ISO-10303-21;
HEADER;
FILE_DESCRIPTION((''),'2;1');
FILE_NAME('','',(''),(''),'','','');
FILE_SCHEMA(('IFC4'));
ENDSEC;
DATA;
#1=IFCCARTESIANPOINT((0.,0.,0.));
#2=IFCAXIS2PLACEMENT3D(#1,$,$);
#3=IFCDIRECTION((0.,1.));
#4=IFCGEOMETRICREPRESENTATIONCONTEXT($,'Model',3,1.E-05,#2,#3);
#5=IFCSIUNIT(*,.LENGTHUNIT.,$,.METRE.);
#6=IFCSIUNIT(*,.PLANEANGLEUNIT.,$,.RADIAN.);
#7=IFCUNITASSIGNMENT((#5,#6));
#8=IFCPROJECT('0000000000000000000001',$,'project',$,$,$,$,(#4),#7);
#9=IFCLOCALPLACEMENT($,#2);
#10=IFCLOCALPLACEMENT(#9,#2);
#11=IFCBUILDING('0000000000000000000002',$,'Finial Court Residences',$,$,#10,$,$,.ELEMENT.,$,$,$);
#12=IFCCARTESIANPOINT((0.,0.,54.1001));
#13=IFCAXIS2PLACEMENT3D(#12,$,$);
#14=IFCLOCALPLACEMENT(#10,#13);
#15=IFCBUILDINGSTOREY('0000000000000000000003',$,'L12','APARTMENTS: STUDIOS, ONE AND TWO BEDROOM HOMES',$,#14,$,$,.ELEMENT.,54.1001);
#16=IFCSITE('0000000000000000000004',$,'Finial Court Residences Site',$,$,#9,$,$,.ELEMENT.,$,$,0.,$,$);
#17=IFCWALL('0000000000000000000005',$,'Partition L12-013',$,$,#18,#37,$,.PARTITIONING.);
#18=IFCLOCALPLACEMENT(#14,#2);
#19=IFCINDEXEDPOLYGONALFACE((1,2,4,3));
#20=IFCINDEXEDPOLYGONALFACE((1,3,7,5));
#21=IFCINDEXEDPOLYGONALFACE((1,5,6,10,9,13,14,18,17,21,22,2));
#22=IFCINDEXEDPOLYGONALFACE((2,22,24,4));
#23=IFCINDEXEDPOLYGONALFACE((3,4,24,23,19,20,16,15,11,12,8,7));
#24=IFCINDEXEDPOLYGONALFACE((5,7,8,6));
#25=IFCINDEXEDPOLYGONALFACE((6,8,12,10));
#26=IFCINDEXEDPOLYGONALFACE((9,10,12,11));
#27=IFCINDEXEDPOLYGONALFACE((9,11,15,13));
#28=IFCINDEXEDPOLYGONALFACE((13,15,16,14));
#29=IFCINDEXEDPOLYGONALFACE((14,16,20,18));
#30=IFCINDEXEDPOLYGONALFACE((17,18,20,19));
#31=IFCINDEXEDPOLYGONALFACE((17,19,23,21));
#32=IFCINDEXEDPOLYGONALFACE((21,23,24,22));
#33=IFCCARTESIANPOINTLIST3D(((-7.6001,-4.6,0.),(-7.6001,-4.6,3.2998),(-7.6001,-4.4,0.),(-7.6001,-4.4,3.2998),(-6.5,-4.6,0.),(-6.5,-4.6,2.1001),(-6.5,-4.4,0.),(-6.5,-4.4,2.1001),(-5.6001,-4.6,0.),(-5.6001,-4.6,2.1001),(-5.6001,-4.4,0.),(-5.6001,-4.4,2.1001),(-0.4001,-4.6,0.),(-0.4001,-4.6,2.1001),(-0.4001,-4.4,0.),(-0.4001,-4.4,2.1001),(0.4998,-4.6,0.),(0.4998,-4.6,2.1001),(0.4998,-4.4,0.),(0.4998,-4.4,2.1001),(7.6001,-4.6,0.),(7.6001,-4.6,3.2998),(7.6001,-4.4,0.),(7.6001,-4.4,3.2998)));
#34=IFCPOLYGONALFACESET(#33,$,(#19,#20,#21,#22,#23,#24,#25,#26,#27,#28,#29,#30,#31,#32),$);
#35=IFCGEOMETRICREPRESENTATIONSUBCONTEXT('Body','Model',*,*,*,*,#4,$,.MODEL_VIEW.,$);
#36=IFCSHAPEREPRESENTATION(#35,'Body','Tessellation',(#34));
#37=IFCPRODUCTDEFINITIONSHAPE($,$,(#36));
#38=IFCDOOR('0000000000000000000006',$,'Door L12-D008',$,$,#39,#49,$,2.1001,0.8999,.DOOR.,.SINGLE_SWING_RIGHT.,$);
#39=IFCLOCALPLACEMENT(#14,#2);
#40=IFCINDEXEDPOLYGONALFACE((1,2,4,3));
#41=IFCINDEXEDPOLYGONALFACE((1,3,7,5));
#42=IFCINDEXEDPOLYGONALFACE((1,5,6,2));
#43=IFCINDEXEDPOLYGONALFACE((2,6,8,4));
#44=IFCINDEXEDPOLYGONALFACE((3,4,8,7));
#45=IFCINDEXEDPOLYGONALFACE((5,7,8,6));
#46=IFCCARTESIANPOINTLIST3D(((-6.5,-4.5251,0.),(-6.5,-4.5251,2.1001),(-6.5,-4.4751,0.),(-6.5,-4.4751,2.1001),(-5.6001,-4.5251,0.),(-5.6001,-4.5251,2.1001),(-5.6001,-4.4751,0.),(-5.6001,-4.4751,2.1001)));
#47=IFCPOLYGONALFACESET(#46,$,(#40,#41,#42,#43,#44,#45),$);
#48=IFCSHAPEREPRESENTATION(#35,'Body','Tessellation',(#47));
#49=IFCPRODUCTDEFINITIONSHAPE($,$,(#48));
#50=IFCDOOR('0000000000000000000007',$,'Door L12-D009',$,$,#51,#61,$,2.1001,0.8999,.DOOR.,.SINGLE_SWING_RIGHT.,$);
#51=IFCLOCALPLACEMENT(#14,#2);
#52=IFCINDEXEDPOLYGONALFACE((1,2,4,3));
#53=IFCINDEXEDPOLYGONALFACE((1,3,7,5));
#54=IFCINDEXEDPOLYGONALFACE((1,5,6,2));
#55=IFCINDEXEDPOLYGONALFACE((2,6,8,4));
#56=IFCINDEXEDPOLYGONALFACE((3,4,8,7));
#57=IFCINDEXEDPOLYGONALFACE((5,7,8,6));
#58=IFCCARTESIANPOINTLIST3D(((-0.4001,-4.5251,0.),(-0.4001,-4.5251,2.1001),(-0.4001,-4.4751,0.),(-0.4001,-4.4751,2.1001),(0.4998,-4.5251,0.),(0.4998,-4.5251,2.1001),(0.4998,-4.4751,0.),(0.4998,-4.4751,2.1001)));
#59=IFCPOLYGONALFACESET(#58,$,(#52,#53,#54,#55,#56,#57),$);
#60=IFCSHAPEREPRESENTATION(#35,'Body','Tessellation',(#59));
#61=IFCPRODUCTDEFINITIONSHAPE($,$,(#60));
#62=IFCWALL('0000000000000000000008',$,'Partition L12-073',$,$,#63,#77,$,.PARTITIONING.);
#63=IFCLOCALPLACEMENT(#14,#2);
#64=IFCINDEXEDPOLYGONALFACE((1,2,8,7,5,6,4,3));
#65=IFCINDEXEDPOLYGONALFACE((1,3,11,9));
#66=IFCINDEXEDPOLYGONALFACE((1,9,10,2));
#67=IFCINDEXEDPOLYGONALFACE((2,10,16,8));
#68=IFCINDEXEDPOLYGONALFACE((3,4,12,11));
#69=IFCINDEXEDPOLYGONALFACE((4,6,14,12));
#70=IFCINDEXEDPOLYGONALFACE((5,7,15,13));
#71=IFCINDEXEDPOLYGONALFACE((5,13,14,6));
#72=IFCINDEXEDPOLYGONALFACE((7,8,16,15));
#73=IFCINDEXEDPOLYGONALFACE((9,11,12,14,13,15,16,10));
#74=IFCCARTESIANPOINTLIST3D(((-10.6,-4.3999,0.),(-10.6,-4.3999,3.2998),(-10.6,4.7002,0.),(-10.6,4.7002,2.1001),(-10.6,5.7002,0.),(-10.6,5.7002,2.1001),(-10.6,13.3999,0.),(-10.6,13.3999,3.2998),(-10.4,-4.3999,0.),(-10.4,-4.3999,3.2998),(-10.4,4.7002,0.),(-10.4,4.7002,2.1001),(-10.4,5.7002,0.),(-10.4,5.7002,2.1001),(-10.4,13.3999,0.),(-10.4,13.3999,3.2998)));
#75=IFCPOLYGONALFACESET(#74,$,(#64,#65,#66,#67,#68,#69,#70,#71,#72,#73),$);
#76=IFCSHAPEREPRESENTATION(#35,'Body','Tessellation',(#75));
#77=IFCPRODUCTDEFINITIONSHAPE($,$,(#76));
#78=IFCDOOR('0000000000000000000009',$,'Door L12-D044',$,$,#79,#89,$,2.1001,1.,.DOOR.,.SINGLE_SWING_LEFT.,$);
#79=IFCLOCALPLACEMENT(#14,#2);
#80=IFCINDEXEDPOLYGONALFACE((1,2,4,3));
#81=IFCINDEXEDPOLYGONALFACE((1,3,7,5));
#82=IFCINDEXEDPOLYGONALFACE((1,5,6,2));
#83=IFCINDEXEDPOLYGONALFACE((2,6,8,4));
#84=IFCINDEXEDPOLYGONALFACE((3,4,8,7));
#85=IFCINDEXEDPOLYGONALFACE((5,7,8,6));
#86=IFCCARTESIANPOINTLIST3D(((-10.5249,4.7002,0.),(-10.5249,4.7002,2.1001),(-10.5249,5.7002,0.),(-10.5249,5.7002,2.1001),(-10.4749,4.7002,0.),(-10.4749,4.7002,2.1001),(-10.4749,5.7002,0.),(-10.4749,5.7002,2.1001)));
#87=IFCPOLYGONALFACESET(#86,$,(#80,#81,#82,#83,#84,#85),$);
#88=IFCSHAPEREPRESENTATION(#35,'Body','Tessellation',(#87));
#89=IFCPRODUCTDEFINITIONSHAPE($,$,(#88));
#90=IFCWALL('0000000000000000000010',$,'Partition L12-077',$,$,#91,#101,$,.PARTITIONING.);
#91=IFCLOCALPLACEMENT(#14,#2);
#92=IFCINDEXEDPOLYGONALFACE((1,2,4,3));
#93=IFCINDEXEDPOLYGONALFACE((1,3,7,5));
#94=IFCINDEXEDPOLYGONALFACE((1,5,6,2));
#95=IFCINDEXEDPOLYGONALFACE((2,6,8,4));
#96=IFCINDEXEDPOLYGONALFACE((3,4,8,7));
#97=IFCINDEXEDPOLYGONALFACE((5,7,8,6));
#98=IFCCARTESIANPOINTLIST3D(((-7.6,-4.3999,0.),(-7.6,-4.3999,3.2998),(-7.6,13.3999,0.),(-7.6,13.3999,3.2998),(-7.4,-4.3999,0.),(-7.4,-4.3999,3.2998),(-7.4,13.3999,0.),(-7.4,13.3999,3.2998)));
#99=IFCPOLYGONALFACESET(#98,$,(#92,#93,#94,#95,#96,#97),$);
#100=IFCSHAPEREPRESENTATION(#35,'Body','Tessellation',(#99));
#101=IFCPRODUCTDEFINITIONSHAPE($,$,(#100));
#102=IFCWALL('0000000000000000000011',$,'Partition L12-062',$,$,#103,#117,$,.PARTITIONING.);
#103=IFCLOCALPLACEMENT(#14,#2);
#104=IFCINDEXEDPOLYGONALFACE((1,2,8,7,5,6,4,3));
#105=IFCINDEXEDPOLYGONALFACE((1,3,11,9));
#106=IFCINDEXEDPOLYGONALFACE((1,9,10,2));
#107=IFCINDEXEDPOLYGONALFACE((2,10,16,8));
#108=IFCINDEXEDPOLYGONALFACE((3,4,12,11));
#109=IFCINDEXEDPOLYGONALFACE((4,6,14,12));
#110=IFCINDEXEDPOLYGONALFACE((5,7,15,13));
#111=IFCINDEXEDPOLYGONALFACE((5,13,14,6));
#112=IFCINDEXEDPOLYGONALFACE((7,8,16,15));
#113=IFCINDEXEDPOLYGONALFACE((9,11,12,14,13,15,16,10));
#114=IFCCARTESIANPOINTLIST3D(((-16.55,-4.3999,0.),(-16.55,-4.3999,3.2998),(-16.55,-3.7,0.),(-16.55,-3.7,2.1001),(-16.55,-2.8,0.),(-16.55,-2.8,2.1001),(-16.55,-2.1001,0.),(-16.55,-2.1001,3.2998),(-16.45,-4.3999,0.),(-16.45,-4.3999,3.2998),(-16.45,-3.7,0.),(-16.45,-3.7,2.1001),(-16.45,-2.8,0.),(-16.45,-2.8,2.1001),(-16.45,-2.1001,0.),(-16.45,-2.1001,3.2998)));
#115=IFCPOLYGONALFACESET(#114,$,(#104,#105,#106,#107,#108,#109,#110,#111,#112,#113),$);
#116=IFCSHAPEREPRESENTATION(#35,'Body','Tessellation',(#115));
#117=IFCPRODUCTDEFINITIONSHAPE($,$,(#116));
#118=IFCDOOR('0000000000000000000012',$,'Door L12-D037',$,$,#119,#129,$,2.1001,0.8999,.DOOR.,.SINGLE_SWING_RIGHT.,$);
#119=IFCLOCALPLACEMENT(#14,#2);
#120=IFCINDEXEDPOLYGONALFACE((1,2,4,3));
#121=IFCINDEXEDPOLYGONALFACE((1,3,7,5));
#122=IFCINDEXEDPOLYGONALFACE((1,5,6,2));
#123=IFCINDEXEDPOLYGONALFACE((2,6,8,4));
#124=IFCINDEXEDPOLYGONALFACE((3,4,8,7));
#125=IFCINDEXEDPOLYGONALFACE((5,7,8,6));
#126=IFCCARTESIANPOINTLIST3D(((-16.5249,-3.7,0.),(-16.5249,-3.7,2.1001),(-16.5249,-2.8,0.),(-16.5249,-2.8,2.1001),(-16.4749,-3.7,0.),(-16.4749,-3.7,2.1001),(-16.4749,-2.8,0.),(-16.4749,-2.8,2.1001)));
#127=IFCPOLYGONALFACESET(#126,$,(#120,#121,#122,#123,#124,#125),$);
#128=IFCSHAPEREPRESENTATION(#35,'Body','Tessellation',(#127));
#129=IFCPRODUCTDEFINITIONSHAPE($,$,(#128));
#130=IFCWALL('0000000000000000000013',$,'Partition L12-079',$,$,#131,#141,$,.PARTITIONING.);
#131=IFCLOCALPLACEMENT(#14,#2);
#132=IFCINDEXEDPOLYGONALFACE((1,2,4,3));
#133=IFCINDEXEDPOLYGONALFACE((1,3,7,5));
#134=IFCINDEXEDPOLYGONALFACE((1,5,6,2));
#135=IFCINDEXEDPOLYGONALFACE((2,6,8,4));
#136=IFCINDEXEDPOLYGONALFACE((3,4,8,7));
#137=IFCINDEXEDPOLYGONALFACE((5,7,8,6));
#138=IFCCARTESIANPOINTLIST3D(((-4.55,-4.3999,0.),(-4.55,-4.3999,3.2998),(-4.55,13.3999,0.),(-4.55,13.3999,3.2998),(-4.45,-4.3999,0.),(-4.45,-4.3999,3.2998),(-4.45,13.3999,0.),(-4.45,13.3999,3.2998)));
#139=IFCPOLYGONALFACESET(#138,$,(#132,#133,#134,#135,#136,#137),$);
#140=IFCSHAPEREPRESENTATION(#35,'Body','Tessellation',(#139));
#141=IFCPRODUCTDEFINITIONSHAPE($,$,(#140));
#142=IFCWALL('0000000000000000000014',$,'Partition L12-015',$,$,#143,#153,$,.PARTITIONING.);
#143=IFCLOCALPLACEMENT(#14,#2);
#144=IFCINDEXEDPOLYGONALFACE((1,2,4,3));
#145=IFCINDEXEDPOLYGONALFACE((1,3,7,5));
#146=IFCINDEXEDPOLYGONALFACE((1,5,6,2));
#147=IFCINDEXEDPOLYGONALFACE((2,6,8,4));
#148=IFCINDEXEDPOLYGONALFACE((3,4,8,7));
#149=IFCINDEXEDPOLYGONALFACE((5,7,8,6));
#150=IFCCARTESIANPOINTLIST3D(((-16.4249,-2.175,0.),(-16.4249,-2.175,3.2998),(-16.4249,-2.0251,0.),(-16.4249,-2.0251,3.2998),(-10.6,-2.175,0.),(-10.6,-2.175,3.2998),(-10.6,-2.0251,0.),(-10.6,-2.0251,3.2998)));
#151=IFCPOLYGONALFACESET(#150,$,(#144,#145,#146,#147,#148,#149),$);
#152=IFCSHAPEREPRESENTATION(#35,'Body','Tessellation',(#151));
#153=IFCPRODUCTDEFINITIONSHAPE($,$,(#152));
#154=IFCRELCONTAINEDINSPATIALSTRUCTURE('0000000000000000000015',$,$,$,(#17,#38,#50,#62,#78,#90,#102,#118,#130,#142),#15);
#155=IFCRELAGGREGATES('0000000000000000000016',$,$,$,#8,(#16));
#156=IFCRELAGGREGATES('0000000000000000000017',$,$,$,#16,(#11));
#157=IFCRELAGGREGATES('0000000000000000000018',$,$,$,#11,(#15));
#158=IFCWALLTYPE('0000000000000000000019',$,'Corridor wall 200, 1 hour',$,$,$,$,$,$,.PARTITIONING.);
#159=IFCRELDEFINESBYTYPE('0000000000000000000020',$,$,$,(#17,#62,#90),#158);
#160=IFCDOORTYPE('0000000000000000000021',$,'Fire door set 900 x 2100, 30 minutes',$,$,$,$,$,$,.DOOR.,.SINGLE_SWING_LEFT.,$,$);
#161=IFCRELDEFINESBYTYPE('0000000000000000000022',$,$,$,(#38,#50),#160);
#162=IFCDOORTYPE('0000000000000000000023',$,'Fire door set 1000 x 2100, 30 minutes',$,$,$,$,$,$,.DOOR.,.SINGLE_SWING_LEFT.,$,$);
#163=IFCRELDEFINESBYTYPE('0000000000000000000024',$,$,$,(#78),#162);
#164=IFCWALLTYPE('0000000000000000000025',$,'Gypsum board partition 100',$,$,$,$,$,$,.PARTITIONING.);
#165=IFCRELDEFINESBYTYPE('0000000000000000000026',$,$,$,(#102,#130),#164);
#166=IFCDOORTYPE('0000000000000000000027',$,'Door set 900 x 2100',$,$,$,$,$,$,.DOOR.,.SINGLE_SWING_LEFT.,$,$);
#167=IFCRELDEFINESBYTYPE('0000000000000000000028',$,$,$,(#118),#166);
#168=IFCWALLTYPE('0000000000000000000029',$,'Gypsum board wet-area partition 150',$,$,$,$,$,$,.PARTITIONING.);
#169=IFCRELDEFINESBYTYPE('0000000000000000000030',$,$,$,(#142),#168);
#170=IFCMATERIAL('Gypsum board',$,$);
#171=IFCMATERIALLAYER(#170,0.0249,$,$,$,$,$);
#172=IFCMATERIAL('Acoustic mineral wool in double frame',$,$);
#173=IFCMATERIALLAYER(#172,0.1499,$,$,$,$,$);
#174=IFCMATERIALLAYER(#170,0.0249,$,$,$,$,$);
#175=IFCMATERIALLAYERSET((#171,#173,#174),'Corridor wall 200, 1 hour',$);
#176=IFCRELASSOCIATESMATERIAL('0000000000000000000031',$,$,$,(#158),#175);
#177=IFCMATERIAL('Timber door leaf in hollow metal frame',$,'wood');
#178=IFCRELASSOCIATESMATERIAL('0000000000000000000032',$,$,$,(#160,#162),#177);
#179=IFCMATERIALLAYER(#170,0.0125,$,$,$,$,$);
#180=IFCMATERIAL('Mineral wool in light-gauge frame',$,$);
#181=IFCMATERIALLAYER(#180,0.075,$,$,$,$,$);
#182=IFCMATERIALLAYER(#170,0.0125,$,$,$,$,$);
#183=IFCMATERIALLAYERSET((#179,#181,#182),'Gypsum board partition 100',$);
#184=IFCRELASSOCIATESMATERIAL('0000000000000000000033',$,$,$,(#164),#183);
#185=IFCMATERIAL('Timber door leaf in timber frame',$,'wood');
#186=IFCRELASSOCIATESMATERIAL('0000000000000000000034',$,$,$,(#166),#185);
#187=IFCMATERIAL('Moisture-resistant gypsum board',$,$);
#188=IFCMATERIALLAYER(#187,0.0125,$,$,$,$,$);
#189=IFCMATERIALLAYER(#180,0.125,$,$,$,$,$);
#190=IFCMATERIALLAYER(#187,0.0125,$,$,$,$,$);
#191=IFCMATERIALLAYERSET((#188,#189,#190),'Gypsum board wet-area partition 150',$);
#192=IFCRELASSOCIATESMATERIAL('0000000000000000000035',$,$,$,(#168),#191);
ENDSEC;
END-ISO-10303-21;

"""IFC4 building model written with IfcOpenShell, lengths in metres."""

from ifc_helpers import new_model, si_unit, direction, frame, frame_2d, origin, place, context, subcontext, project, spatial, rectangle, extrude, material, layer, layer_set, type_object, element, fill, save


model = new_model("IFC4")

# Units and contexts
model_context = context("Model", 3, precision=1e-05, world=origin(), true_north=direction((0.0, 1.0)))
body_context = subcontext(model_context, "Body", "Model", "MODEL_VIEW")
ifc_project = project(units=[si_unit("LENGTHUNIT", "METRE"), si_unit("PLANEANGLEUNIT", "RADIAN")], contexts=[model_context])

# Site, building, storey
site_placement = place(None, origin())
site = spatial("IfcSite", under=ifc_project, at=site_placement, Name="Finial Court Residences Site", CompositionType="ELEMENT", RefElevation=0.0)
building_placement = place(site_placement, origin())
building = spatial("IfcBuilding", under=site, at=building_placement, Name="Finial Court Residences", CompositionType="ELEMENT")
storey_placement = place(building_placement, frame((0.0, 0.0, 54.1001)))
storey = spatial("IfcBuildingStorey", under=building, at=storey_placement, Name="L12", Description="APARTMENTS: STUDIOS, ONE AND TWO BEDROOM HOMES", CompositionType="ELEMENT", Elevation=54.1001)

# Wall, openings, doors
ifc_material_1 = material(Name="Gypsum board")
ifc_layer_1 = layer(ifc_material_1, 0.0249)
ifc_material_2 = material(Name="Acoustic mineral wool in double frame")
ifc_layer_2 = layer(ifc_material_2, 0.1499)
ifc_layer_3 = layer(ifc_material_1, 0.0249)
ifc_layer_set_1 = layer_set([ifc_layer_1, ifc_layer_2, ifc_layer_3], Name="Corridor wall 200, 1 hour")
wall_type_1 = type_object("IfcWallType", Name="Corridor wall 200, 1 hour", PredefinedType="PARTITIONING", material=ifc_layer_set_1)
wall_1_placement = place(storey_placement, frame((-7.6001, -4.5, 0.0), z_axis=(0.0, 0.0, 1.0), x_axis=(1.0, 0.0, 0.0)))
wall_1 = element("IfcWall", 1, at=wall_1_placement, inside=storey, type_object=wall_type_1, Name="Partition L12-013", PredefinedType="PARTITIONING", context=body_context, shape_type="SweptSolid", body=[
    extrude(rectangle(XDim=15.2002, YDim=0.2, at=frame_2d((7.6001, 0.0))), origin(), (0.0, 0.0, 1.0), 3.2998),
])
opening_1_placement = place(wall_1_placement, frame((1.1001, 0.0, 0.0)))
opening_1 = element("IfcOpeningElement", 2, at=opening_1_placement, cuts=wall_1, PredefinedType="OPENING", context=body_context, shape_type="SweptSolid", body=[
    extrude(rectangle(XDim=0.8999, YDim=2.1001, at=frame_2d((0.45, 1.05))), frame((0.0, 0.1099, 0.0), z_axis=(0.0, -1.0, 0.0), x_axis=(1.0, 0.0, 0.0)), (0.0, 0.0, 1.0), 0.22),
])
opening_2_placement = place(wall_1_placement, frame((7.2, 0.0, 0.0)))
opening_2 = element("IfcOpeningElement", 3, at=opening_2_placement, cuts=wall_1, PredefinedType="OPENING", context=body_context, shape_type="SweptSolid", body=[
    extrude(rectangle(XDim=0.8999, YDim=2.1001, at=frame_2d((0.45, 1.05))), frame((0.0, 0.1099, 0.0), z_axis=(0.0, -1.0, 0.0), x_axis=(1.0, 0.0, 0.0)), (0.0, 0.0, 1.0), 0.22),
])
ifc_material_3 = material(Name="Timber door leaf in hollow metal frame", Category="wood")
door_type_1 = type_object("IfcDoorType", Name="Fire door set 900 x 2100, 30 minutes", OperationType="SINGLE_SWING_LEFT", PredefinedType="DOOR", material=ifc_material_3)
door_1_placement = place(opening_1_placement, origin())
door_1 = element("IfcDoor", 4, at=door_1_placement, inside=storey, type_object=door_type_1, Name="Door L12-D008", OperationType="SINGLE_SWING_RIGHT", OverallHeight=2.1001, OverallWidth=0.8999, PredefinedType="DOOR", context=body_context, shape_type="SweptSolid", body=[
    extrude(rectangle(XDim=0.8999, YDim=2.1001, at=frame_2d((0.45, 1.05))), frame((0.0, 0.0249, 0.0), z_axis=(0.0, -1.0, 0.0), x_axis=(1.0, 0.0, 0.0)), (0.0, 0.0, 1.0), 0.05),
])
fill(opening_1, door_1)
door_2_placement = place(opening_2_placement, origin())
door_2 = element("IfcDoor", 5, at=door_2_placement, inside=storey, type_object=door_type_1, Name="Door L12-D009", OperationType="SINGLE_SWING_RIGHT", OverallHeight=2.1001, OverallWidth=0.8999, PredefinedType="DOOR", context=body_context, shape_type="SweptSolid", body=[
    extrude(rectangle(XDim=0.8999, YDim=2.1001, at=frame_2d((0.45, 1.05))), frame((0.0, 0.0249, 0.0), z_axis=(0.0, -1.0, 0.0), x_axis=(1.0, 0.0, 0.0)), (0.0, 0.0, 1.0), 0.05),
])
fill(opening_2, door_2)

# Wall, opening, door
wall_2_placement = place(storey_placement, frame((-10.5, -4.3999, 0.0), z_axis=(0.0, 0.0, 1.0), x_axis=(0.0, 1.0, 0.0)))
wall_2 = element("IfcWall", 6, at=wall_2_placement, inside=storey, type_object=wall_type_1, Name="Partition L12-073", PredefinedType="PARTITIONING", context=body_context, shape_type="SweptSolid", body=[
    extrude(rectangle(XDim=17.7998, YDim=0.2, at=frame_2d((8.8999, 0.0))), origin(), (0.0, 0.0, 1.0), 3.2998),
])
opening_3_placement = place(wall_2_placement, frame((9.1001, 0.0, 0.0)))
opening_3 = element("IfcOpeningElement", 7, at=opening_3_placement, cuts=wall_2, PredefinedType="OPENING", context=body_context, shape_type="SweptSolid", body=[
    extrude(rectangle(XDim=1.0, YDim=2.1001, at=frame_2d((0.5, 1.05))), frame((0.0, 0.1099, 0.0), z_axis=(0.0, -1.0, 0.0), x_axis=(1.0, 0.0, 0.0)), (0.0, 0.0, 1.0), 0.22),
])
door_type_2 = type_object("IfcDoorType", Name="Fire door set 1000 x 2100, 30 minutes", OperationType="SINGLE_SWING_LEFT", PredefinedType="DOOR", material=ifc_material_3)
door_3_placement = place(opening_3_placement, origin())
door_3 = element("IfcDoor", 8, at=door_3_placement, inside=storey, type_object=door_type_2, Name="Door L12-D044", OperationType="SINGLE_SWING_LEFT", OverallHeight=2.1001, OverallWidth=1.0, PredefinedType="DOOR", context=body_context, shape_type="SweptSolid", body=[
    extrude(rectangle(XDim=1.0, YDim=2.1001, at=frame_2d((0.5, 1.05))), frame((0.0, 0.0249, 0.0), z_axis=(0.0, -1.0, 0.0), x_axis=(1.0, 0.0, 0.0)), (0.0, 0.0, 1.0), 0.05),
])
fill(opening_3, door_3)

# Wall
wall_3_placement = place(storey_placement, frame((-7.5, -4.3999, 0.0), z_axis=(0.0, 0.0, 1.0), x_axis=(0.0, 1.0, 0.0)))
element("IfcWall", 9, at=wall_3_placement, inside=storey, type_object=wall_type_1, Name="Partition L12-077", PredefinedType="PARTITIONING", context=body_context, shape_type="SweptSolid", body=[
    extrude(rectangle(XDim=17.7998, YDim=0.2, at=frame_2d((8.8999, 0.0))), origin(), (0.0, 0.0, 1.0), 3.2998),
])

# Wall, opening, door
ifc_layer_4 = layer(ifc_material_1, 0.0125)
ifc_material_4 = material(Name="Mineral wool in light-gauge frame")
ifc_layer_5 = layer(ifc_material_4, 0.075)
ifc_layer_6 = layer(ifc_material_1, 0.0125)
ifc_layer_set_2 = layer_set([ifc_layer_4, ifc_layer_5, ifc_layer_6], Name="Gypsum board partition 100")
wall_type_2 = type_object("IfcWallType", Name="Gypsum board partition 100", PredefinedType="PARTITIONING", material=ifc_layer_set_2)
wall_4_placement = place(storey_placement, frame((-16.5, -4.3999, 0.0), z_axis=(0.0, 0.0, 1.0), x_axis=(0.0, 1.0, 0.0)))
wall_4 = element("IfcWall", 10, at=wall_4_placement, inside=storey, type_object=wall_type_2, Name="Partition L12-062", PredefinedType="PARTITIONING", context=body_context, shape_type="SweptSolid", body=[
    extrude(rectangle(XDim=2.2998, YDim=0.1001, at=frame_2d((1.1499, 0.0))), origin(), (0.0, 0.0, 1.0), 3.2998),
])
opening_4_placement = place(wall_4_placement, frame((0.7, 0.0, 0.0)))
opening_4 = element("IfcOpeningElement", 11, at=opening_4_placement, cuts=wall_4, PredefinedType="OPENING", context=body_context, shape_type="SweptSolid", body=[
    extrude(rectangle(XDim=0.8999, YDim=2.1001, at=frame_2d((0.45, 1.05))), frame((0.0, 0.0601, 0.0), z_axis=(0.0, -1.0, 0.0), x_axis=(1.0, 0.0, 0.0)), (0.0, 0.0, 1.0), 0.1201),
])
ifc_material_5 = material(Name="Timber door leaf in timber frame", Category="wood")
door_type_3 = type_object("IfcDoorType", Name="Door set 900 x 2100", OperationType="SINGLE_SWING_LEFT", PredefinedType="DOOR", material=ifc_material_5)
door_4_placement = place(opening_4_placement, origin())
door_4 = element("IfcDoor", 12, at=door_4_placement, inside=storey, type_object=door_type_3, Name="Door L12-D037", OperationType="SINGLE_SWING_RIGHT", OverallHeight=2.1001, OverallWidth=0.8999, PredefinedType="DOOR", context=body_context, shape_type="SweptSolid", body=[
    extrude(rectangle(XDim=0.8999, YDim=2.1001, at=frame_2d((0.45, 1.05))), frame((0.0, 0.0249, 0.0), z_axis=(0.0, -1.0, 0.0), x_axis=(1.0, 0.0, 0.0)), (0.0, 0.0, 1.0), 0.05),
])
fill(opening_4, door_4)

# Walls
wall_5_placement = place(storey_placement, frame((-4.5, -4.3999, 0.0), z_axis=(0.0, 0.0, 1.0), x_axis=(0.0, 1.0, 0.0)))
element("IfcWall", 13, at=wall_5_placement, inside=storey, type_object=wall_type_2, Name="Partition L12-079", PredefinedType="PARTITIONING", context=body_context, shape_type="SweptSolid", body=[
    extrude(rectangle(XDim=17.7998, YDim=0.1001, at=frame_2d((8.8999, 0.0))), origin(), (0.0, 0.0, 1.0), 3.2998),
])
ifc_material_6 = material(Name="Moisture-resistant gypsum board")
ifc_layer_7 = layer(ifc_material_6, 0.0125)
ifc_layer_8 = layer(ifc_material_4, 0.125)
ifc_layer_9 = layer(ifc_material_6, 0.0125)
ifc_layer_set_3 = layer_set([ifc_layer_7, ifc_layer_8, ifc_layer_9], Name="Gypsum board wet-area partition 150")
wall_type_3 = type_object("IfcWallType", Name="Gypsum board wet-area partition 150", PredefinedType="PARTITIONING", material=ifc_layer_set_3)
wall_6_placement = place(storey_placement, frame((-16.425, -2.1001, 0.0), z_axis=(0.0, 0.0, 1.0), x_axis=(1.0, 0.0, 0.0)))
element("IfcWall", 14, at=wall_6_placement, inside=storey, type_object=wall_type_3, Name="Partition L12-015", PredefinedType="PARTITIONING", context=body_context, shape_type="SweptSolid", body=[
    extrude(rectangle(XDim=5.825, YDim=0.1499, at=frame_2d((2.9126, 0.0))), origin(), (0.0, 0.0, 1.0), 3.2998),
])

save(model, "model.ifc")
